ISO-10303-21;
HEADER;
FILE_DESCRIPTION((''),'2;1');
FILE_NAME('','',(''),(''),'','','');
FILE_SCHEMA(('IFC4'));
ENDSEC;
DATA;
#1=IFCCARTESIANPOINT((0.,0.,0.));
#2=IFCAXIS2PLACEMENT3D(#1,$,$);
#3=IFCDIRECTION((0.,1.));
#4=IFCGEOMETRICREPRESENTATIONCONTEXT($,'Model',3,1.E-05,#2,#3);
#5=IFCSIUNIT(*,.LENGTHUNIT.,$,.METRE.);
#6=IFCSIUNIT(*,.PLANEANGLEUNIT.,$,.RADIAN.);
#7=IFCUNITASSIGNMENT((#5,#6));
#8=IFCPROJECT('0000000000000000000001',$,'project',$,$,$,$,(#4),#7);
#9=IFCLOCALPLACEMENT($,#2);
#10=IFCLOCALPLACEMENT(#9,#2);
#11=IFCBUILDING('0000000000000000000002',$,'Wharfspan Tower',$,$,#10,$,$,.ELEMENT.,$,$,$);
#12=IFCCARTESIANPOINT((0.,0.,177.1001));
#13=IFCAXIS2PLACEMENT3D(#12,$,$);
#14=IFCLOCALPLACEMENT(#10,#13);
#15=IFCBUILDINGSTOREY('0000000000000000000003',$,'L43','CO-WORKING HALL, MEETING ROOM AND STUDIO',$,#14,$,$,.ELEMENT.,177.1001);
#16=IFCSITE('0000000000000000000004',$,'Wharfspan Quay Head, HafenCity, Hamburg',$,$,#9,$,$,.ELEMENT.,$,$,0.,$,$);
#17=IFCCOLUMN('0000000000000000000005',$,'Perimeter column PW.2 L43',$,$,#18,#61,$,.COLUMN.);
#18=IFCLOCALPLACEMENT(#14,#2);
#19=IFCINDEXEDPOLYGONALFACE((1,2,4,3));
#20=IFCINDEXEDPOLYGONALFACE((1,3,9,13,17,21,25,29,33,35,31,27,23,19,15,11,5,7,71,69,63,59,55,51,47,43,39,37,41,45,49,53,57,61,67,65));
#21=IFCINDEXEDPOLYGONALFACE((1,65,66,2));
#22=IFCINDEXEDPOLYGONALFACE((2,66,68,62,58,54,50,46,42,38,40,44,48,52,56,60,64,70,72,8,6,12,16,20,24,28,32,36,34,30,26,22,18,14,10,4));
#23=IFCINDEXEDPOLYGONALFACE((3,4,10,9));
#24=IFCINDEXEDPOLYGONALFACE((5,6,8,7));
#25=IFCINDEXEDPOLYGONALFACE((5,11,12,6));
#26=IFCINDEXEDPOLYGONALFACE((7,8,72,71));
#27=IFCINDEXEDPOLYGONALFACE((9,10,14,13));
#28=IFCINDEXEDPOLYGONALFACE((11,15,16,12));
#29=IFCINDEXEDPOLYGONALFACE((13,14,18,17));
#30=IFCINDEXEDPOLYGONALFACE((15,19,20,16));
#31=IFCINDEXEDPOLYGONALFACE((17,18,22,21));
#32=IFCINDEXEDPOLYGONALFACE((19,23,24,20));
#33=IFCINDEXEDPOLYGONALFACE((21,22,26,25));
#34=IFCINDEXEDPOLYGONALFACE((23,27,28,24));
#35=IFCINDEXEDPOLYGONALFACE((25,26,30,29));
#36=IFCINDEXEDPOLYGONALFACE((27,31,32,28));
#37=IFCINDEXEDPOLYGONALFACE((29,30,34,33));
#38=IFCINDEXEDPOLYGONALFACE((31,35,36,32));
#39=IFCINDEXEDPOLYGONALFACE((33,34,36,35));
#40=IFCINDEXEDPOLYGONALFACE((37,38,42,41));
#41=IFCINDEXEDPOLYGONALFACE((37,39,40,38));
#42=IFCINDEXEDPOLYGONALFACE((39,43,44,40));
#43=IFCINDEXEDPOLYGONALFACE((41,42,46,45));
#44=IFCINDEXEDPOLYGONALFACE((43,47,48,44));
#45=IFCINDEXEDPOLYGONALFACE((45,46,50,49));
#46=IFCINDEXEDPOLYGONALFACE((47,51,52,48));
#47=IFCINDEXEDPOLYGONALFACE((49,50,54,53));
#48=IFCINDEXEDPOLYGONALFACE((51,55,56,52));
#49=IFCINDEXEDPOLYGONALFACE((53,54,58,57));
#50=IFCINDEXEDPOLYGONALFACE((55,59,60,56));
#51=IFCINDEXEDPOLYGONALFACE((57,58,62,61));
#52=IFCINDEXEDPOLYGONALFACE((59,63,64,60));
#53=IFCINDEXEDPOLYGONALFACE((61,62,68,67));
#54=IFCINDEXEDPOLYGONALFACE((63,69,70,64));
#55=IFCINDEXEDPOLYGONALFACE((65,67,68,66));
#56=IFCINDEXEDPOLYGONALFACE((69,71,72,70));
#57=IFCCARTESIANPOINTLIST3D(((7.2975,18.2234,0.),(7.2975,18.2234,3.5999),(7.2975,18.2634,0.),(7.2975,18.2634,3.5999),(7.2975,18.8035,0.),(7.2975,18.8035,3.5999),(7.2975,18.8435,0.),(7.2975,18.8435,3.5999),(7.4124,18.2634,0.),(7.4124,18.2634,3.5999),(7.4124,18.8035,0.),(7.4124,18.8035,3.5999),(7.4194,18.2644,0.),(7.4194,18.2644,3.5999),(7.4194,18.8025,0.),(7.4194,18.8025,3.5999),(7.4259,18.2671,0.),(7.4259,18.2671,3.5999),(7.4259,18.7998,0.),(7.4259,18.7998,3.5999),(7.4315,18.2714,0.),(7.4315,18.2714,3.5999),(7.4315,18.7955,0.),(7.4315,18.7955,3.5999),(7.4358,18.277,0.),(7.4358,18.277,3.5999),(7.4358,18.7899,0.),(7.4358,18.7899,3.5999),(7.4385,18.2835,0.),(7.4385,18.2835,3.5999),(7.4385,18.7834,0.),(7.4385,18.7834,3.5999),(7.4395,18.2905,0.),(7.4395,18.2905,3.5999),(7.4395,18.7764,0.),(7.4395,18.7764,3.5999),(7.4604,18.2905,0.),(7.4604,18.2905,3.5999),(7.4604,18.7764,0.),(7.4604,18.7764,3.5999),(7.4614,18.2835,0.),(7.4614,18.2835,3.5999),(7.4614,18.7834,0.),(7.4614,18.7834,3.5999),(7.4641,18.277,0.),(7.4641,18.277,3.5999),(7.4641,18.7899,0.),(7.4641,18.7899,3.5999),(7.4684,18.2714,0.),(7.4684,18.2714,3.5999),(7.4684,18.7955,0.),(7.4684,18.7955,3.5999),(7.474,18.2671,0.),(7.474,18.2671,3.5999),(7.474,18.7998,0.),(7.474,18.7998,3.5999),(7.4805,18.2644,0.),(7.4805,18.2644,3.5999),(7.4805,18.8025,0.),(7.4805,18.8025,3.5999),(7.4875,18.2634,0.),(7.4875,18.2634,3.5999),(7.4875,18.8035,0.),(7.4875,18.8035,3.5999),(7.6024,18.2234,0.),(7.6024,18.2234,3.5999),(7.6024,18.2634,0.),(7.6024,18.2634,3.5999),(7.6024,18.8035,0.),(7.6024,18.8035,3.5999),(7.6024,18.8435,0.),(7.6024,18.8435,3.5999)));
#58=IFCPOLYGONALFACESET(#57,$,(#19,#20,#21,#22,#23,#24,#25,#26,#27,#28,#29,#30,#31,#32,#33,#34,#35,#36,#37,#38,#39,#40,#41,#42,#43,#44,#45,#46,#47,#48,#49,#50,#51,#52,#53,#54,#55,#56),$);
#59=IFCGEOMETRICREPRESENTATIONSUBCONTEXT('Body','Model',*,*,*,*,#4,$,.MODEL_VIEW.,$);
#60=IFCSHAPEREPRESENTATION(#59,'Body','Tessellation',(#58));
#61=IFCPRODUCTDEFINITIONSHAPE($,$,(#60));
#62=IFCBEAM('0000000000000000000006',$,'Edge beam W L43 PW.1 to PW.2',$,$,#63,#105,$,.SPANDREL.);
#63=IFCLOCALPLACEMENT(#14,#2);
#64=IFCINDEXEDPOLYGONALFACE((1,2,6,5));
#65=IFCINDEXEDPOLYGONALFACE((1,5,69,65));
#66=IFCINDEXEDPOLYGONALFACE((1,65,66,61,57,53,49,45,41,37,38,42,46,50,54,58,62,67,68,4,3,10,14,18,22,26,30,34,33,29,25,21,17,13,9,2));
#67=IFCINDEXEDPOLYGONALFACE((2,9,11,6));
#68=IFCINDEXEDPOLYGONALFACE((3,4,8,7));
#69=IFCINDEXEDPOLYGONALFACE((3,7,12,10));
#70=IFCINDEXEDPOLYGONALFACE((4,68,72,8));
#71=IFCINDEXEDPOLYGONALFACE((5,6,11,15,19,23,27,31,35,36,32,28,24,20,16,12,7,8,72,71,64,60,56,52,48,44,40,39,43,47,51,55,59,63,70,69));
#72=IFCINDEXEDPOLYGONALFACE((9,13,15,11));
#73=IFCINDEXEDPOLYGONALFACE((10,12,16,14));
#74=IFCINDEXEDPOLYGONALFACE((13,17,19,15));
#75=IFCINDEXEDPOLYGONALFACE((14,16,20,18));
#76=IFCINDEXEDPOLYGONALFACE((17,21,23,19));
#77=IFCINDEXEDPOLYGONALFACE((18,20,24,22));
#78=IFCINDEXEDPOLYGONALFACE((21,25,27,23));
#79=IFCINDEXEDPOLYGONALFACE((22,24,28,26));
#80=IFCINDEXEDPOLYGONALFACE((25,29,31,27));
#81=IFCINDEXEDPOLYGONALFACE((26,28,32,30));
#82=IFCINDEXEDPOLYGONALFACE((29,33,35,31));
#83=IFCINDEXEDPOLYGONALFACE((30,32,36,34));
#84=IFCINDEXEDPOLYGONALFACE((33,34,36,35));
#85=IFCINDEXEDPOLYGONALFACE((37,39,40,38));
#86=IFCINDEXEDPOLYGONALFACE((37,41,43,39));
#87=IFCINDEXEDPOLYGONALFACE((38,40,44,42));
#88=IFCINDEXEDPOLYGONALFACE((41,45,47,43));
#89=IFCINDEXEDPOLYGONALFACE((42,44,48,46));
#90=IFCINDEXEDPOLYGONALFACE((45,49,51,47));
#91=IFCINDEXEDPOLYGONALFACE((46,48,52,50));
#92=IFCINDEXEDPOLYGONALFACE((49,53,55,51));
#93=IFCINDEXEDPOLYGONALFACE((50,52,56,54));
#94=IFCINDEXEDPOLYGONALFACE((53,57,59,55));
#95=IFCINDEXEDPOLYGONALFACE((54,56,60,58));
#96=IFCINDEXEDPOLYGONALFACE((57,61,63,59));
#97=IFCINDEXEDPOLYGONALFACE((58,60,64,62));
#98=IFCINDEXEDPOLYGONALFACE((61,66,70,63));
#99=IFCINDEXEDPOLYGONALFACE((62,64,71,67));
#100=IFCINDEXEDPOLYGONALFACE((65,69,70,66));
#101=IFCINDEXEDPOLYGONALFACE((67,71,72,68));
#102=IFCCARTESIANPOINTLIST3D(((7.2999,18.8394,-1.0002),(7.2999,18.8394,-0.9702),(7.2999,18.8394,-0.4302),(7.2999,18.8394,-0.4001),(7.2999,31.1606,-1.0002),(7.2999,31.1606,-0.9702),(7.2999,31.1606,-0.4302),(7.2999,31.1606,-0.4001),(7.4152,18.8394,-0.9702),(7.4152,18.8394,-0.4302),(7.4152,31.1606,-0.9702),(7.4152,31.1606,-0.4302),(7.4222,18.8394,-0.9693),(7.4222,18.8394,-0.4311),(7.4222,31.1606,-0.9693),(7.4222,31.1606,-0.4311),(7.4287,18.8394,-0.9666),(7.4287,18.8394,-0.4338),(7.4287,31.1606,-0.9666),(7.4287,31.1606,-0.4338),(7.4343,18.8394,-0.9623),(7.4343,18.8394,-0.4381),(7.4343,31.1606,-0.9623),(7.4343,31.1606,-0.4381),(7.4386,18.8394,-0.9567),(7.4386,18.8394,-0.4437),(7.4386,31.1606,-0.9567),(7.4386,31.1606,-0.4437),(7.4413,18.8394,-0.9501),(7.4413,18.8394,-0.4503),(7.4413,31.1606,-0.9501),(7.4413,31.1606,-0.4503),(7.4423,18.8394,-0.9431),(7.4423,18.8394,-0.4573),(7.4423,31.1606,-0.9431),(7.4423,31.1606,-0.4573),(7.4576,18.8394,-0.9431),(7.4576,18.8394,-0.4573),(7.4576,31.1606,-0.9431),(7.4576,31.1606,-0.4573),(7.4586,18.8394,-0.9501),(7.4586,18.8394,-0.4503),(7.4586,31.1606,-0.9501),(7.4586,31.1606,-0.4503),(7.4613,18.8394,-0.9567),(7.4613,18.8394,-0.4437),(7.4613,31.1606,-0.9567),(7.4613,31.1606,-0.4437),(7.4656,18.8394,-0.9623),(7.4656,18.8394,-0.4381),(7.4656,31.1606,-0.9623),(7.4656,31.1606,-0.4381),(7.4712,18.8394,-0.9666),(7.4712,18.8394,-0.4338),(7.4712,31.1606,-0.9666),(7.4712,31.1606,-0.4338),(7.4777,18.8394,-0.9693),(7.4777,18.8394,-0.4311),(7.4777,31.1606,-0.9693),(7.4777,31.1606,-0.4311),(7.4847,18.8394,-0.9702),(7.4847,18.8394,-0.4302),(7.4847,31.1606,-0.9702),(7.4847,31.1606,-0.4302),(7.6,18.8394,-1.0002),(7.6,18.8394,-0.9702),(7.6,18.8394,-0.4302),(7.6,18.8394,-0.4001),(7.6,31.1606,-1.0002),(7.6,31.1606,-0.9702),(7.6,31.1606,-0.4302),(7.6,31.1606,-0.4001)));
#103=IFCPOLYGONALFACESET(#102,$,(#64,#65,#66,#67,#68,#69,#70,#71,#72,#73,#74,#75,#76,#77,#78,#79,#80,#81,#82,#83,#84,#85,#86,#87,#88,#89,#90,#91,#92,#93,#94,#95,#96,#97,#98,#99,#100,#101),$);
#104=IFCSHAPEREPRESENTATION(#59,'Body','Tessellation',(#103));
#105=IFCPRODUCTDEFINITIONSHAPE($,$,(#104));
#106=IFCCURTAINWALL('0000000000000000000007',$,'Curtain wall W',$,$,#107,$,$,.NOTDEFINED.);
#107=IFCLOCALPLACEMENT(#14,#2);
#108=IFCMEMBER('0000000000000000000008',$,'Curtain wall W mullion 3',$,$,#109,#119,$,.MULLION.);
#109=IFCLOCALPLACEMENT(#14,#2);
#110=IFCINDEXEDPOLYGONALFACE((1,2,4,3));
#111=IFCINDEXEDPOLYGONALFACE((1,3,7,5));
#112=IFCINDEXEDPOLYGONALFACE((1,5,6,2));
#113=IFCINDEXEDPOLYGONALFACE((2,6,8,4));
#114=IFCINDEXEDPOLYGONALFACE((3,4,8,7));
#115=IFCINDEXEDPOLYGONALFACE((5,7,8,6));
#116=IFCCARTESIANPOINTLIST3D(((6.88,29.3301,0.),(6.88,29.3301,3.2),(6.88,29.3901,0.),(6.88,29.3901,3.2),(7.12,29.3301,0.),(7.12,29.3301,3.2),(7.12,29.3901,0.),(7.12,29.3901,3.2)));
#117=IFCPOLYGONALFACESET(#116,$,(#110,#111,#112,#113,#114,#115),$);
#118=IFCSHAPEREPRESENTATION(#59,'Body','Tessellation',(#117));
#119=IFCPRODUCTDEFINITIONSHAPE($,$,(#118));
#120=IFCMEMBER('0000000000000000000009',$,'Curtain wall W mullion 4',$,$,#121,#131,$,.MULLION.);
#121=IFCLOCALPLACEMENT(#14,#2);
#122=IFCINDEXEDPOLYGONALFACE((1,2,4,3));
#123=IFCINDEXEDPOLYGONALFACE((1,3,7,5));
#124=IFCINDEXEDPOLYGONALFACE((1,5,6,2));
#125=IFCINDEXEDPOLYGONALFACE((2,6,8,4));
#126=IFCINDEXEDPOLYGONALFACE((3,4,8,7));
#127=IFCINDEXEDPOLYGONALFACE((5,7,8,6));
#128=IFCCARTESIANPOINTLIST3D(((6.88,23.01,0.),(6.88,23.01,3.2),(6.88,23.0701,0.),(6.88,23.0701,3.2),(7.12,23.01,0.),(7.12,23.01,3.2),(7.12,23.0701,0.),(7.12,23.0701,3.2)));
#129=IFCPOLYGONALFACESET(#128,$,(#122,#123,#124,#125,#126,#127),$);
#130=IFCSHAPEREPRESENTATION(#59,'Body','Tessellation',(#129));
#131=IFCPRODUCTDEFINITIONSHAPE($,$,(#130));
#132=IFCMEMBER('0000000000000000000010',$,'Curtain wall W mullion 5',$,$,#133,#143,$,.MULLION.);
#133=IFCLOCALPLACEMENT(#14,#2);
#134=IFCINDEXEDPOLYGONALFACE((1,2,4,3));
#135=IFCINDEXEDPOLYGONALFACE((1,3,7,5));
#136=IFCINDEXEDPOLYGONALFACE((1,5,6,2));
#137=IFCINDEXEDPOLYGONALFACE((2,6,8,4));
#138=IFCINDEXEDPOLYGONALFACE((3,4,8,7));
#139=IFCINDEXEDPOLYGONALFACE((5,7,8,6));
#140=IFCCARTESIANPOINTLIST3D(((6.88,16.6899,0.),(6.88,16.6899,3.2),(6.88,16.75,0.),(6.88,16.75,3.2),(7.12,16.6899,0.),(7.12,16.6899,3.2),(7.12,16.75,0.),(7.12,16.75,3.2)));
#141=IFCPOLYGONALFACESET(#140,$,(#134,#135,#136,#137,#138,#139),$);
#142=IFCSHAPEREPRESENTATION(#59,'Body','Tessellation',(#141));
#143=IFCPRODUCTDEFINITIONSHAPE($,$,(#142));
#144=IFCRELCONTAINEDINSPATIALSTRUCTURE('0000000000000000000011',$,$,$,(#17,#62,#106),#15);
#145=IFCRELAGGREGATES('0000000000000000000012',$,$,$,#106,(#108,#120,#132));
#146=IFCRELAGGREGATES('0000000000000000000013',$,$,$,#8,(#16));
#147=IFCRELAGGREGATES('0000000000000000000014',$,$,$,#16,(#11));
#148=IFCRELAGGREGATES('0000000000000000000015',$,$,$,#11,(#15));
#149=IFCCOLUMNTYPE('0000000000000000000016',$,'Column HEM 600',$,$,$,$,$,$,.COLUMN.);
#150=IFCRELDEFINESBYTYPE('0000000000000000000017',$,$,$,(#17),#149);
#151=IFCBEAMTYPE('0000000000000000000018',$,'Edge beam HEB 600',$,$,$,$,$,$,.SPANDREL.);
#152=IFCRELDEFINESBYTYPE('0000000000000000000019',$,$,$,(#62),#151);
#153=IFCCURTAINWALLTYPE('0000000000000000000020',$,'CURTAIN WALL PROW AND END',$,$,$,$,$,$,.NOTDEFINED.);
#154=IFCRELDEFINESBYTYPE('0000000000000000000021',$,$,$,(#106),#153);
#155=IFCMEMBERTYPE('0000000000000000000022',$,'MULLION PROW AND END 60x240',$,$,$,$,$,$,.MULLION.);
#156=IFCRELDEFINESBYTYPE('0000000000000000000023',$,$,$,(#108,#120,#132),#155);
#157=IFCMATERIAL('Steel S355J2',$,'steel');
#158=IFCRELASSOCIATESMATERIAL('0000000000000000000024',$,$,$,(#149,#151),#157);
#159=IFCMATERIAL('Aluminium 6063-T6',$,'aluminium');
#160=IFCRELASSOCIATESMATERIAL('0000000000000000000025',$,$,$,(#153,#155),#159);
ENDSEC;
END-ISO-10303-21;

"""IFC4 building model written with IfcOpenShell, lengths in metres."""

from ifc_helpers import new_model, si_unit, direction, frame, origin, origin_2d, place, context, subcontext, project, spatial, rectangle, i_section, extrude, material, material_profile, profile_set, type_object, element, aggregate, save


model = new_model("IFC4")

# Units and contexts
model_context = context("Model", 3, precision=1e-05, world=origin(), true_north=direction((0.0, 1.0)))
body_context = subcontext(model_context, "Body", "Model", "MODEL_VIEW")
ifc_project = project(units=[si_unit("LENGTHUNIT", "METRE"), si_unit("PLANEANGLEUNIT", "RADIAN")], contexts=[model_context])

# Site, building, storey
site_placement = place(None, origin())
site = spatial("IfcSite", under=ifc_project, at=site_placement, Name="Wharfspan Quay Head, HafenCity, Hamburg", CompositionType="ELEMENT", RefElevation=0.0)
building_placement = place(site_placement, origin())
building = spatial("IfcBuilding", under=site, at=building_placement, Name="Wharfspan Tower", CompositionType="ELEMENT")
storey_placement = place(building_placement, frame((0.0, 0.0, 177.1001)))
storey = spatial("IfcBuildingStorey", under=building, at=storey_placement, Name="L43", Description="CO-WORKING HALL, MEETING ROOM AND STUDIO", CompositionType="ELEMENT", Elevation=177.1001)

# Column
ifc_material_1 = material(Name="Steel S355J2", Category="steel")
ifc_material_profile_1 = material_profile(ifc_material_1, i_section(OverallWidth=0.3049, OverallDepth=0.6201, WebThickness=0.021, FlangeThickness=0.04, FilletRadius=0.0271, at=origin_2d()))
ifc_profile_set_1 = profile_set([ifc_material_profile_1], Name="Steel S355J2")
column_type = type_object("IfcColumnType", Name="Column HEM 600", PredefinedType="COLUMN", material=ifc_profile_set_1)
column_placement = place(storey_placement, frame((7.45, 18.5334, 0.0), z_axis=(0.0, 0.0, 1.0), x_axis=(-1.0, 0.0, 0.0)))
element("IfcColumn", 1, at=column_placement, inside=storey, type_object=column_type, Name="Perimeter column PW.2 L43", PredefinedType="COLUMN", context=body_context, shape_type="SweptSolid", body=[
    extrude(i_section(OverallWidth=0.3049, OverallDepth=0.6201, WebThickness=0.021, FlangeThickness=0.04, FilletRadius=0.0271, at=origin_2d()), origin(), (0.0, 0.0, 1.0), 3.5999),
])

# Beam
ifc_material_profile_2 = material_profile(ifc_material_1, i_section(OverallWidth=0.3, OverallDepth=0.6001, WebThickness=0.0154, FlangeThickness=0.03, FilletRadius=0.0271, at=origin_2d()))
ifc_profile_set_2 = profile_set([ifc_material_profile_2], Name="Steel S355J2")
beam_type = type_object("IfcBeamType", Name="Edge beam HEB 600", PredefinedType="SPANDREL", material=ifc_profile_set_2)
beam_placement = place(storey_placement, frame((7.45, 31.1606, -0.7002), z_axis=(0.0, -1.0, 0.0), x_axis=(1.0, 0.0, 0.0)))
element("IfcBeam", 2, at=beam_placement, inside=storey, type_object=beam_type, Name="Edge beam W L43 PW.1 to PW.2", PredefinedType="SPANDREL", context=body_context, shape_type="SweptSolid", body=[
    extrude(i_section(OverallWidth=0.3, OverallDepth=0.6001, WebThickness=0.0154, FlangeThickness=0.03, FilletRadius=0.0271, at=origin_2d()), origin(), (0.0, 0.0, 1.0), 12.3213),
])

# Curtain wall, members
ifc_material_2 = material(Name="Aluminium 6063-T6", Category="aluminium")
curtain_wall_type = type_object("IfcCurtainWallType", Name="CURTAIN WALL PROW AND END", PredefinedType="NOTDEFINED", material=ifc_material_2)
curtain_wall_placement = place(storey_placement, origin())
curtain_wall = element("IfcCurtainWall", 3, at=curtain_wall_placement, inside=storey, type_object=curtain_wall_type, Name="Curtain wall W", PredefinedType="NOTDEFINED")
ifc_material_profile_3 = material_profile(ifc_material_2, rectangle(XDim=0.24, YDim=0.0601, at=origin_2d()))
ifc_profile_set_3 = profile_set([ifc_material_profile_3], Name="Aluminium 6063-T6")
member_type_1 = type_object("IfcMemberType", Name="MULLION PROW AND END 60x240", PredefinedType="MULLION", material=ifc_profile_set_3)
member_1_placement = place(storey_placement, frame((7.0, 29.3601, 0.0), z_axis=(0.0, 0.0, 1.0), x_axis=(1.0, 0.0, 0.0)))
member_1 = element("IfcMember", 4, at=member_1_placement, type_object=member_type_1, Name="Curtain wall W mullion 3", PredefinedType="MULLION", context=body_context, shape_type="SweptSolid", body=[
    extrude(rectangle(XDim=0.24, YDim=0.0601, at=origin_2d()), origin(), (0.0, 0.0, 1.0), 3.2),
])
member_2_placement = place(storey_placement, frame((7.0, 23.04, 0.0), z_axis=(0.0, 0.0, 1.0), x_axis=(1.0, 0.0, 0.0)))
member_2 = element("IfcMember", 5, at=member_2_placement, type_object=member_type_1, Name="Curtain wall W mullion 4", PredefinedType="MULLION", context=body_context, shape_type="SweptSolid", body=[
    extrude(rectangle(XDim=0.24, YDim=0.0601, at=origin_2d()), origin(), (0.0, 0.0, 1.0), 3.2),
])
member_3_placement = place(storey_placement, frame((7.0, 16.72, 0.0), z_axis=(0.0, 0.0, 1.0), x_axis=(1.0, 0.0, 0.0)))
member_3 = element("IfcMember", 6, at=member_3_placement, type_object=member_type_1, Name="Curtain wall W mullion 5", PredefinedType="MULLION", context=body_context, shape_type="SweptSolid", body=[
    extrude(rectangle(XDim=0.24, YDim=0.0601, at=origin_2d()), origin(), (0.0, 0.0, 1.0), 3.2),
])

aggregate(curtain_wall, [member_1, member_2, member_3])

save(model, "model.ifc")
